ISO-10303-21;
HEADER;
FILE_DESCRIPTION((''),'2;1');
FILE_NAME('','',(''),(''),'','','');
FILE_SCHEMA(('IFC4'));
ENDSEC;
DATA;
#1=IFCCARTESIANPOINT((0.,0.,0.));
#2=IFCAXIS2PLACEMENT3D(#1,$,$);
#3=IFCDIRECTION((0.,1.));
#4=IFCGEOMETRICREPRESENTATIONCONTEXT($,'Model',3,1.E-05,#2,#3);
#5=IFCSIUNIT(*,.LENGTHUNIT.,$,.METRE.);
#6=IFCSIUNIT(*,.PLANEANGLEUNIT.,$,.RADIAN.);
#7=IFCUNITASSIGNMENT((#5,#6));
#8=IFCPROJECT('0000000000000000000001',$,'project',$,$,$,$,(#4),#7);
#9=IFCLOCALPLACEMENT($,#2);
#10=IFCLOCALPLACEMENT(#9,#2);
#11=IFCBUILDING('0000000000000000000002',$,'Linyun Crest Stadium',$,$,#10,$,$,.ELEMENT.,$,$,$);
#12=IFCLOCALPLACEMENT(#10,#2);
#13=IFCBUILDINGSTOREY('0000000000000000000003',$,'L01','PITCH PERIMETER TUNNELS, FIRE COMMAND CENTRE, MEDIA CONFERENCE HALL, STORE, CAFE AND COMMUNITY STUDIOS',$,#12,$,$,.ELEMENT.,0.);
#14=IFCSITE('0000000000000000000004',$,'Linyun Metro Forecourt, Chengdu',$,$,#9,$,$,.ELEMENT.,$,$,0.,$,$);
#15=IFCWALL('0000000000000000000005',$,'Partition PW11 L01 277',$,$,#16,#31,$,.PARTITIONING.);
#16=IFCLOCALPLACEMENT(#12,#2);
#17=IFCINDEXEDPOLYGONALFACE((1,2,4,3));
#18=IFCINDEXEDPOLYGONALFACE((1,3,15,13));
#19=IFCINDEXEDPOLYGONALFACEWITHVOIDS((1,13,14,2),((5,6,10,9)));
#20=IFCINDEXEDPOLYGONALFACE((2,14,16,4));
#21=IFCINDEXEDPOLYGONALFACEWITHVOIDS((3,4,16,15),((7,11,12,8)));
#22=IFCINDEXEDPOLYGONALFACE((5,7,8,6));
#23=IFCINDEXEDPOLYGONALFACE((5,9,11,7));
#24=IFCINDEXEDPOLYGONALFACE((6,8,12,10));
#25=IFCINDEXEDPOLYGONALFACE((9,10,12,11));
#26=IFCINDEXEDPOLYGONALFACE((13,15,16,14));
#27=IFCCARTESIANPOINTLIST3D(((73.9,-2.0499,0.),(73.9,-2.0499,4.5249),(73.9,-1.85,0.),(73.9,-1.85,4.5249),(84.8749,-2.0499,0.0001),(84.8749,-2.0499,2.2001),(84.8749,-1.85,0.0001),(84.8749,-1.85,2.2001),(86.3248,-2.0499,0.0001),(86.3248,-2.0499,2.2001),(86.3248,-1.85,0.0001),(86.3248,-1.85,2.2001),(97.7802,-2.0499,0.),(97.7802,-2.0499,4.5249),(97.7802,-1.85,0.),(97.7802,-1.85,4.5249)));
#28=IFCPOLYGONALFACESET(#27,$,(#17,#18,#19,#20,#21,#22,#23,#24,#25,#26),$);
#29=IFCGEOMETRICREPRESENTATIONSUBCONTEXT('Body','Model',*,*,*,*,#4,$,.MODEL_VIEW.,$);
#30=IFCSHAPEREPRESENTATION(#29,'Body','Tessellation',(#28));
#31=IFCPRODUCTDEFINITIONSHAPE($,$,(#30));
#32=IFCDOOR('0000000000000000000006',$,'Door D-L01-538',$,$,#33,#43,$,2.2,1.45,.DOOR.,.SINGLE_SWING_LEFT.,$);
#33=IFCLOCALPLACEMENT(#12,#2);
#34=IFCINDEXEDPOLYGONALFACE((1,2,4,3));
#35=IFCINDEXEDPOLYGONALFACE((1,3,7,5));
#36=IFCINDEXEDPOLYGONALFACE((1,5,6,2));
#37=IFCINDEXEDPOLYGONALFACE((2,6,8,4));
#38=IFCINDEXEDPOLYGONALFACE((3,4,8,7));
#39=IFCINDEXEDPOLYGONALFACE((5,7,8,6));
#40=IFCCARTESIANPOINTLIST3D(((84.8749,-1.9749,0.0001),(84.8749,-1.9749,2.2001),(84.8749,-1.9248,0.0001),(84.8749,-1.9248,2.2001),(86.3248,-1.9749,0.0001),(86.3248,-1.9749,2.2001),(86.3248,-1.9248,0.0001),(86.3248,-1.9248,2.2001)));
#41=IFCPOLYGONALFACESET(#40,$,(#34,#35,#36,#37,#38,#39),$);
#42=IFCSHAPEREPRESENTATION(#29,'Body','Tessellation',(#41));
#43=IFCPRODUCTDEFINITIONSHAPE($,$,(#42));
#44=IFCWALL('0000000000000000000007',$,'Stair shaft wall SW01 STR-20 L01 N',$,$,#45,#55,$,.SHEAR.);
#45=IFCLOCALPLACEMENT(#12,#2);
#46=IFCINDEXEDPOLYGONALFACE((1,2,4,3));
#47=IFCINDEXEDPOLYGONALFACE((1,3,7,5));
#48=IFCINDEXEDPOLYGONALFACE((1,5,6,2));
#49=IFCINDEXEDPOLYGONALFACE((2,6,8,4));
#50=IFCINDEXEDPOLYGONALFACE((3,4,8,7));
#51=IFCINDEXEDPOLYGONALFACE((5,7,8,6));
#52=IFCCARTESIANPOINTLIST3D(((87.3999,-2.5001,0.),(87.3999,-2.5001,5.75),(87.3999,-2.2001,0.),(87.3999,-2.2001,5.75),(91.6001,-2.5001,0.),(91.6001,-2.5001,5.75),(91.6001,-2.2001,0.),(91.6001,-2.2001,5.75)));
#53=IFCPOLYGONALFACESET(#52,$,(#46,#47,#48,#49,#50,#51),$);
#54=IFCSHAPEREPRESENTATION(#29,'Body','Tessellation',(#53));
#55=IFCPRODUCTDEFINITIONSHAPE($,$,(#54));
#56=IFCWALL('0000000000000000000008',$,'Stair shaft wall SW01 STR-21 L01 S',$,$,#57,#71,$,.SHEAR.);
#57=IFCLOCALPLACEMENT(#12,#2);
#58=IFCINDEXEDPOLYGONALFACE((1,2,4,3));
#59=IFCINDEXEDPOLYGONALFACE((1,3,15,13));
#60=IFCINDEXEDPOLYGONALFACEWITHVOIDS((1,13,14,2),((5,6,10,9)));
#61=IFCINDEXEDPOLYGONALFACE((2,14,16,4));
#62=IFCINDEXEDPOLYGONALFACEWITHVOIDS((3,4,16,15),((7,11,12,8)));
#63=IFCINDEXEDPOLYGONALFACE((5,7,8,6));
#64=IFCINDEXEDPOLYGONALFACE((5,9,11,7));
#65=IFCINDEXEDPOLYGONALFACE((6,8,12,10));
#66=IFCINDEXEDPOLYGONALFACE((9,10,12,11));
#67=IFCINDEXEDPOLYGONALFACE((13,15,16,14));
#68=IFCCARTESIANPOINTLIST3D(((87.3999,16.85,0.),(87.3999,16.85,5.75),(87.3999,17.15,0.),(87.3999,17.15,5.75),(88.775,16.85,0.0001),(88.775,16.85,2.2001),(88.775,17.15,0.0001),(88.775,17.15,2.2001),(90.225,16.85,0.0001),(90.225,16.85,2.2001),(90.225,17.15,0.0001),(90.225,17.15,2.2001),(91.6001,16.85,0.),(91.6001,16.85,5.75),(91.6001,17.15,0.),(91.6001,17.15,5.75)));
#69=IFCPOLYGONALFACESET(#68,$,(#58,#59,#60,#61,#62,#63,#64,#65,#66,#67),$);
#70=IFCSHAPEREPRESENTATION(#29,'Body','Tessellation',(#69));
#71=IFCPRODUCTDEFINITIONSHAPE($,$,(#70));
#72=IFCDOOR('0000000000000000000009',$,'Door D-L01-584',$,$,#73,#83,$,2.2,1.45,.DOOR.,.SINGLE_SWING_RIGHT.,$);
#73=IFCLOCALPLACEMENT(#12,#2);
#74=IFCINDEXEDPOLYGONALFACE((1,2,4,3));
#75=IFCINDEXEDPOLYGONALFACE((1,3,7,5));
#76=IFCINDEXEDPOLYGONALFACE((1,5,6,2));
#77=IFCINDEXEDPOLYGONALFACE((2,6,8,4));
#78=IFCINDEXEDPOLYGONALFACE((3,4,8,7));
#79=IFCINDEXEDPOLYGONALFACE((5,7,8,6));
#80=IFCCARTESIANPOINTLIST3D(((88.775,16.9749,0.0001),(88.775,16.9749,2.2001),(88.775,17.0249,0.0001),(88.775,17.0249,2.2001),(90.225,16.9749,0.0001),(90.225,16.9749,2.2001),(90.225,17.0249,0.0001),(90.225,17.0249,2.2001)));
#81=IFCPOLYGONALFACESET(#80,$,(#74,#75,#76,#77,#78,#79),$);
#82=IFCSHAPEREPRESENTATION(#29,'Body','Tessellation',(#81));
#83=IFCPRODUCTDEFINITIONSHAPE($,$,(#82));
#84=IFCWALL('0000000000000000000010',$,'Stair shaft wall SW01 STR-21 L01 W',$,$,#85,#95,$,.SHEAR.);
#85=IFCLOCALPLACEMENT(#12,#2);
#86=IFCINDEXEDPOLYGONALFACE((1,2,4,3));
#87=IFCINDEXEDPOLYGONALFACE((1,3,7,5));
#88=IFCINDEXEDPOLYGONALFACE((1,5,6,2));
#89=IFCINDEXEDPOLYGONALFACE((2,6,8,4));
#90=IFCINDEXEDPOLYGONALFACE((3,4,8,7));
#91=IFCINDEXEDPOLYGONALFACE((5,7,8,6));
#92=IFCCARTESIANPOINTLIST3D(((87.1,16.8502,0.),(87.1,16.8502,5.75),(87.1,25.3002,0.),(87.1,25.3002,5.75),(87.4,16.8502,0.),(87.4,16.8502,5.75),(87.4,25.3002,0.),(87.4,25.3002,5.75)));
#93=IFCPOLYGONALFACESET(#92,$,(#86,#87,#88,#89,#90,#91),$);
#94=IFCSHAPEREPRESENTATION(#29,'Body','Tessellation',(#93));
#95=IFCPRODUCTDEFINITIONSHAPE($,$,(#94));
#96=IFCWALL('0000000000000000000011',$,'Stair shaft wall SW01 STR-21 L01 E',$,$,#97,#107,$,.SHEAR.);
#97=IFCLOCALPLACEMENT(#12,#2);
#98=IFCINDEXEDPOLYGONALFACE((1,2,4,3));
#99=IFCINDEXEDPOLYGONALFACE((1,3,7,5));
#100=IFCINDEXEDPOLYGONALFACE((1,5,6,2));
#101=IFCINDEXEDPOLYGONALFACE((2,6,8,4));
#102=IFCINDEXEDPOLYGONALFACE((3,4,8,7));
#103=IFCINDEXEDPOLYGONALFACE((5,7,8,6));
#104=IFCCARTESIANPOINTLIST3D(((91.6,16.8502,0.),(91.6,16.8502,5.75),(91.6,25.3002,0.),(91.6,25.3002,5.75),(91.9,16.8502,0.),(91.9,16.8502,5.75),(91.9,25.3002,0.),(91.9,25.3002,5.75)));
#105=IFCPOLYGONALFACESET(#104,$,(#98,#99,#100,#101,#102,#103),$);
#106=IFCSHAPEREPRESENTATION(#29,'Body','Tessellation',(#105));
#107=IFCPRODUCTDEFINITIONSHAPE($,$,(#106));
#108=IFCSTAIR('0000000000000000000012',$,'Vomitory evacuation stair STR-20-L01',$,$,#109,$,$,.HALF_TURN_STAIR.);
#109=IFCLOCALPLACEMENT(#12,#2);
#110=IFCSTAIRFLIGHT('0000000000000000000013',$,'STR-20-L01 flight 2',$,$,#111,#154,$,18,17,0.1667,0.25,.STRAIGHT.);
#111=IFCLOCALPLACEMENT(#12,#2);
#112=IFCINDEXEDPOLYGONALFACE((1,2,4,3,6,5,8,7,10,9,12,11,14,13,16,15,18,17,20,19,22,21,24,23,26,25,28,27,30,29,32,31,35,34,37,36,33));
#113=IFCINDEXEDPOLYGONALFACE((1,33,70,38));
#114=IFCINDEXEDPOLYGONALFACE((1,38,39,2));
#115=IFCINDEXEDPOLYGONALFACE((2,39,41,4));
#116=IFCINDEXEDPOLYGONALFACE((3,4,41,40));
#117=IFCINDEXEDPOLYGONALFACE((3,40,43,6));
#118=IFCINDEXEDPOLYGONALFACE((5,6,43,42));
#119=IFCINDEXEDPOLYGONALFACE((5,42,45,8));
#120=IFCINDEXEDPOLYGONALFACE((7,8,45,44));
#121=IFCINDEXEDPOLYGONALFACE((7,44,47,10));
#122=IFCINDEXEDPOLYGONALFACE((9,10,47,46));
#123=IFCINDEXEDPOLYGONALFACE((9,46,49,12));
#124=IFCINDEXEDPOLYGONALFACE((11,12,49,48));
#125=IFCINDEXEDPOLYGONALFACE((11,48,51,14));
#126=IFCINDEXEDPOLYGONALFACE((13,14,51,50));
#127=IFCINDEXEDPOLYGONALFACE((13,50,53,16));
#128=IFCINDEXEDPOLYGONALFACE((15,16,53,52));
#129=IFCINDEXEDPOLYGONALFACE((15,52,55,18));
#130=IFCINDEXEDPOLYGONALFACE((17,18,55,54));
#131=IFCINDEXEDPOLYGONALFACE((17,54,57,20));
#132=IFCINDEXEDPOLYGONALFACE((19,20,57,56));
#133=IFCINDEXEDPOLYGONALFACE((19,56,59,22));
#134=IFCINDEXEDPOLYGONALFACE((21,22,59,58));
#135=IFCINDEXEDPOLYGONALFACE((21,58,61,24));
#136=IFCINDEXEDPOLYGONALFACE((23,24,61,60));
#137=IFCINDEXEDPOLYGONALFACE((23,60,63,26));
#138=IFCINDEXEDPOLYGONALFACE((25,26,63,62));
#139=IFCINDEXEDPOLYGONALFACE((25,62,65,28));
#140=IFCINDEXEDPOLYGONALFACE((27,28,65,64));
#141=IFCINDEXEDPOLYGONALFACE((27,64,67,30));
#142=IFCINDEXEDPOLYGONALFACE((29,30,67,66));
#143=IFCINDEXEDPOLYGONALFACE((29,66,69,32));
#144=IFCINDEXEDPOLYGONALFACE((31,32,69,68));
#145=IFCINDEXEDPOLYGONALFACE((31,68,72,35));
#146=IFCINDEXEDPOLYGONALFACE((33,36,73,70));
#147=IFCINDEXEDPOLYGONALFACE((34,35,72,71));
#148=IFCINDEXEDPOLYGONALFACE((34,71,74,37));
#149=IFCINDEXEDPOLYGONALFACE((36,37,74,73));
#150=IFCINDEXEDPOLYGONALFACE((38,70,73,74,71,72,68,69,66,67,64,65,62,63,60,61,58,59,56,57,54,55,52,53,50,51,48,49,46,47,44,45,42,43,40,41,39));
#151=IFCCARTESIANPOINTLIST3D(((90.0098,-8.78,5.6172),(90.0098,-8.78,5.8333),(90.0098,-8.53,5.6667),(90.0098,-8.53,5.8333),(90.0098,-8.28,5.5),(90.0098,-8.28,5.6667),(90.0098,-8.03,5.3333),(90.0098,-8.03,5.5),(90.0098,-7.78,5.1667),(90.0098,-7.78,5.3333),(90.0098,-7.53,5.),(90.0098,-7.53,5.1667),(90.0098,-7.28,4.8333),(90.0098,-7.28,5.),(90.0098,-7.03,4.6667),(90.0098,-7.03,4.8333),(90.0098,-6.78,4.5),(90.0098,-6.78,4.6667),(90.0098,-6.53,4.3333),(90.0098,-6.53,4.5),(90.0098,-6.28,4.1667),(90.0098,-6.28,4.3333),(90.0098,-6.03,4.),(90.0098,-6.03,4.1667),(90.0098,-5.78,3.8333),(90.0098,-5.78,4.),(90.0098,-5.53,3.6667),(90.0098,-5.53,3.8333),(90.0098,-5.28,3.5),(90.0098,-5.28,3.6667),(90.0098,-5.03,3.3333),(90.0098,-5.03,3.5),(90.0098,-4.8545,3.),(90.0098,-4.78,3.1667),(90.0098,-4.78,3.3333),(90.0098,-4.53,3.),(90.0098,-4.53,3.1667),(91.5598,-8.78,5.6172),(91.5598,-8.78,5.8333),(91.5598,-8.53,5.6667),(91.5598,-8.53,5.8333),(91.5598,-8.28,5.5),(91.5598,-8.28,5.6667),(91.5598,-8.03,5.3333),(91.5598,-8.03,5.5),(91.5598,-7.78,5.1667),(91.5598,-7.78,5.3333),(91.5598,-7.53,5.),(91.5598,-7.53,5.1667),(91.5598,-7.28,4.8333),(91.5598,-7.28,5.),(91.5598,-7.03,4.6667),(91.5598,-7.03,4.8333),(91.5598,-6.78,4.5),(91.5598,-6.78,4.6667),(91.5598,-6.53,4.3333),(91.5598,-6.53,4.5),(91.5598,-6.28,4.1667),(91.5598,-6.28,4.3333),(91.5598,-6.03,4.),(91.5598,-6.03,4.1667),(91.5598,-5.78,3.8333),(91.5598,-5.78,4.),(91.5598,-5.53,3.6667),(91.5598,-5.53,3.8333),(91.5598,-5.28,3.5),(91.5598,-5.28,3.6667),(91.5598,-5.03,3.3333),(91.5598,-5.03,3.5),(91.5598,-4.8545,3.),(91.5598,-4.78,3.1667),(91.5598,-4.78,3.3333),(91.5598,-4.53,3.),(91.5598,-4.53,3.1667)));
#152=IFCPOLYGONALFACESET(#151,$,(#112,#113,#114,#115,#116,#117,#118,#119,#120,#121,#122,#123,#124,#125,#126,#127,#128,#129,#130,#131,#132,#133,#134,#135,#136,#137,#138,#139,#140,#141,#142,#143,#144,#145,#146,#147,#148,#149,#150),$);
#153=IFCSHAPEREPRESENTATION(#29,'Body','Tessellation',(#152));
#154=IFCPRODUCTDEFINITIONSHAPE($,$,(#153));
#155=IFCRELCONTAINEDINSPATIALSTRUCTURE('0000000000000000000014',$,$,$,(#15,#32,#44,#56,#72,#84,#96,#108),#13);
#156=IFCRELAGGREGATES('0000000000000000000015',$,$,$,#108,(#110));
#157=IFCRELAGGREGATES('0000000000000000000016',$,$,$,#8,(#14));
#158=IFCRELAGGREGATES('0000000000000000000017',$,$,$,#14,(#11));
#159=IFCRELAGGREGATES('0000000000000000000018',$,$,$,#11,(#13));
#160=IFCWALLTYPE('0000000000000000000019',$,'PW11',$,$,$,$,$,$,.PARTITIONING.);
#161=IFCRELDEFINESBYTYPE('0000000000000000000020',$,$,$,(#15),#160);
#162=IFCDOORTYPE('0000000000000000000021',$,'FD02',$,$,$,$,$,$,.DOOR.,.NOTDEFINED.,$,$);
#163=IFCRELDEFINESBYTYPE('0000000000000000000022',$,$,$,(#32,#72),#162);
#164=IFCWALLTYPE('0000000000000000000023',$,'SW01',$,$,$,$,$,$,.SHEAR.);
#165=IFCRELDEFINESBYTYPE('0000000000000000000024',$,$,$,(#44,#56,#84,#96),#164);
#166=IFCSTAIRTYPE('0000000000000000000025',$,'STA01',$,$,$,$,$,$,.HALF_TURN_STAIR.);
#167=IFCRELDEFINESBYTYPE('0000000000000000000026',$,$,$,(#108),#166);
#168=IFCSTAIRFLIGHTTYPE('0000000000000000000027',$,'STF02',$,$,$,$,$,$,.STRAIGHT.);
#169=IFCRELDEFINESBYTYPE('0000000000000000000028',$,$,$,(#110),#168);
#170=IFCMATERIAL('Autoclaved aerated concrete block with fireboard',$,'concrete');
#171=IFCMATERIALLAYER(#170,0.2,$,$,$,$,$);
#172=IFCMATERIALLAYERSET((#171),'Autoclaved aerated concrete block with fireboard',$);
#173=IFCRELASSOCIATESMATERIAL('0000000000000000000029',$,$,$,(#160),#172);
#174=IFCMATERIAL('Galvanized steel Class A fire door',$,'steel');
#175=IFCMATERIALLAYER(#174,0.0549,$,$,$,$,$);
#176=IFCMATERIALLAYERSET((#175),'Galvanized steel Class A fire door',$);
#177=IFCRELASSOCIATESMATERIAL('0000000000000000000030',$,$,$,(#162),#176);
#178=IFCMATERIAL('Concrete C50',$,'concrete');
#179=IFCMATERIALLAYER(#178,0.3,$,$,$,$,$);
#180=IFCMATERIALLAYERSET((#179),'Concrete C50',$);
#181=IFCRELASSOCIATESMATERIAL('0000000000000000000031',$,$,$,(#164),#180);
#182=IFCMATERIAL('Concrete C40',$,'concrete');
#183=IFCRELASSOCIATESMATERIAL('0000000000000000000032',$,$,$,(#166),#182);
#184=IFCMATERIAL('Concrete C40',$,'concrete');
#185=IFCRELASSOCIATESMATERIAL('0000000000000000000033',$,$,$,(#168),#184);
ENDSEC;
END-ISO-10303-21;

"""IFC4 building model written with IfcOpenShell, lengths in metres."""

from ifc_helpers import new_model, si_unit, direction, frame, frame_2d, origin, place, context, subcontext, project, spatial, polyline, rectangle, outline, extrude, material, layer, layer_set, type_object, element, fill, aggregate, save


model = new_model("IFC4")

# Units and contexts
model_context = context("Model", 3, precision=1e-05, world=origin(), true_north=direction((0.0, 1.0)))
body_context = subcontext(model_context, "Body", "Model", "MODEL_VIEW")
ifc_project = project(units=[si_unit("LENGTHUNIT", "METRE"), si_unit("PLANEANGLEUNIT", "RADIAN")], contexts=[model_context])

# Site, building, storey
site_placement = place(None, origin())
site = spatial("IfcSite", under=ifc_project, at=site_placement, Name="Linyun Metro Forecourt, Chengdu", CompositionType="ELEMENT", RefElevation=0.0)
building_placement = place(site_placement, origin())
building = spatial("IfcBuilding", under=site, at=building_placement, Name="Linyun Crest Stadium", CompositionType="ELEMENT")
storey_placement = place(building_placement, origin())
storey = spatial("IfcBuildingStorey", under=building, at=storey_placement, Name="L01", Description="PITCH PERIMETER TUNNELS, FIRE COMMAND CENTRE, MEDIA CONFERENCE HALL, STORE, CAFE AND COMMUNITY STUDIOS", CompositionType="ELEMENT", Elevation=0.0)

# Wall, opening, door
ifc_material_1 = material(Name="Autoclaved aerated concrete block with fireboard", Category="concrete")
ifc_layer_1 = layer(ifc_material_1, 0.2)
ifc_layer_set_1 = layer_set([ifc_layer_1], Name="Autoclaved aerated concrete block with fireboard")
wall_type_1 = type_object("IfcWallType", Name="PW11", PredefinedType="PARTITIONING", material=ifc_layer_set_1)
wall_1_placement = place(storey_placement, frame((97.78, -1.95, 0.0), z_axis=(0.0, 0.0, 1.0), x_axis=(-1.0, 0.0, 0.0)))
wall_1 = element("IfcWall", 1, at=wall_1_placement, inside=storey, type_object=wall_type_1, Name="Partition PW11 L01 277", PredefinedType="PARTITIONING", context=body_context, shape_type="SweptSolid", body=[
    extrude(rectangle(XDim=23.8801, YDim=0.2, at=frame_2d((11.9399, 0.0))), origin(), (0.0, 0.0, 1.0), 4.5249),
])
opening_1_placement = place(wall_1_placement, frame((11.4551, 0.0, 0.0)))
opening_1 = element("IfcOpeningElement", 2, at=opening_1_placement, cuts=wall_1, PredefinedType="OPENING", context=body_context, shape_type="SweptSolid", body=[
    extrude(rectangle(XDim=1.45, YDim=2.2, at=frame_2d((0.7251, 1.1001))), frame((0.0, 0.1099, 0.0), z_axis=(0.0, -1.0, 0.0), x_axis=(1.0, 0.0, 0.0)), (0.0, 0.0, 1.0), 0.22),
])
ifc_material_2 = material(Name="Galvanized steel Class A fire door", Category="steel")
ifc_layer_2 = layer(ifc_material_2, 0.0549)
ifc_layer_set_2 = layer_set([ifc_layer_2], Name="Galvanized steel Class A fire door")
door_type_1 = type_object("IfcDoorType", Name="FD02", OperationType="NOTDEFINED", PredefinedType="DOOR", material=ifc_layer_set_2)
door_1_placement = place(opening_1_placement, origin())
door_1 = element("IfcDoor", 3, at=door_1_placement, inside=storey, type_object=door_type_1, Name="Door D-L01-538", OperationType="SINGLE_SWING_LEFT", OverallHeight=2.2, OverallWidth=1.45, PredefinedType="DOOR", context=body_context, shape_type="SweptSolid", body=[
    extrude(rectangle(XDim=1.45, YDim=2.2, at=frame_2d((0.7251, 1.1001))), frame((0.0, 0.0249, 0.0), z_axis=(0.0, -1.0, 0.0), x_axis=(1.0, 0.0, 0.0)), (0.0, 0.0, 1.0), 0.05),
])
fill(opening_1, door_1)

# Wall
ifc_material_3 = material(Name="Concrete C50", Category="concrete")
ifc_layer_3 = layer(ifc_material_3, 0.3)
ifc_layer_set_3 = layer_set([ifc_layer_3], Name="Concrete C50")
wall_type_2 = type_object("IfcWallType", Name="SW01", PredefinedType="SHEAR", material=ifc_layer_set_3)
wall_2_placement = place(storey_placement, frame((87.3999, -2.3501, 0.0), z_axis=(0.0, 0.0, 1.0), x_axis=(1.0, 0.0, 0.0)))
element("IfcWall", 4, at=wall_2_placement, inside=storey, type_object=wall_type_2, Name="Stair shaft wall SW01 STR-20 L01 N", PredefinedType="SHEAR", context=body_context, shape_type="SweptSolid", body=[
    extrude(rectangle(XDim=4.2002, YDim=0.3, at=frame_2d((2.1001, 0.0))), origin(), (0.0, 0.0, 1.0), 5.75),
])

# Wall, opening, door
wall_3_placement = place(storey_placement, frame((87.3999, 17.0, 0.0), z_axis=(0.0, 0.0, 1.0), x_axis=(1.0, 0.0, 0.0)))
wall_3 = element("IfcWall", 5, at=wall_3_placement, inside=storey, type_object=wall_type_2, Name="Stair shaft wall SW01 STR-21 L01 S", PredefinedType="SHEAR", context=body_context, shape_type="SweptSolid", body=[
    extrude(rectangle(XDim=4.2002, YDim=0.3, at=frame_2d((2.1001, 0.0))), origin(), (0.0, 0.0, 1.0), 5.75),
])
opening_2_placement = place(wall_3_placement, frame((1.375, 0.0, 0.0)))
opening_2 = element("IfcOpeningElement", 6, at=opening_2_placement, cuts=wall_3, PredefinedType="OPENING", context=body_context, shape_type="SweptSolid", body=[
    extrude(rectangle(XDim=1.45, YDim=2.2, at=frame_2d((0.7251, 1.1001))), frame((0.0, 0.1599, 0.0), z_axis=(0.0, -1.0, 0.0), x_axis=(1.0, 0.0, 0.0)), (0.0, 0.0, 1.0), 0.3201),
])
door_2_placement = place(opening_2_placement, origin())
door_2 = element("IfcDoor", 7, at=door_2_placement, inside=storey, type_object=door_type_1, Name="Door D-L01-584", OperationType="SINGLE_SWING_RIGHT", OverallHeight=2.2, OverallWidth=1.45, PredefinedType="DOOR", context=body_context, shape_type="SweptSolid", body=[
    extrude(rectangle(XDim=1.45, YDim=2.2, at=frame_2d((0.7251, 1.1001))), frame((0.0, 0.0249, 0.0), z_axis=(0.0, -1.0, 0.0), x_axis=(1.0, 0.0, 0.0)), (0.0, 0.0, 1.0), 0.05),
])
fill(opening_2, door_2)

# Walls
for number, where, z_axis, x_axis, name in (
    (8, (87.25, 16.8501, 0.0), (0.0, 0.0, 1.0), (0.0, 1.0, 0.0), "Stair shaft wall SW01 STR-21 L01 W"),
    (9, (91.75, 16.8501, 0.0), (0.0, 0.0, 1.0), (0.0, 1.0, 0.0), "Stair shaft wall SW01 STR-21 L01 E"),
):
    element("IfcWall", number, at=place(storey_placement, frame(where, z_axis=z_axis, x_axis=x_axis)), inside=storey, type_object=wall_type_2, Name=name, PredefinedType="SHEAR", context=body_context, shape_type="SweptSolid", body=[
        extrude(rectangle(XDim=8.45, YDim=0.3, at=frame_2d((4.2251, 0.0))), origin(), (0.0, 0.0, 1.0), 5.75),
    ])

# Stair, stair flight
ifc_material_4 = material(Name="Concrete C40", Category="concrete")
stair_type = type_object("IfcStairType", Name="STA01", PredefinedType="HALF_TURN_STAIR", material=ifc_material_4)
stair_placement = place(storey_placement, origin())
stair = element("IfcStair", 10, at=stair_placement, inside=storey, type_object=stair_type, Name="Vomitory evacuation stair STR-20-L01", PredefinedType="HALF_TURN_STAIR")
ifc_material_5 = material(Name="Concrete C40", Category="concrete")
stair_flight_type = type_object("IfcStairFlightType", Name="STF02", PredefinedType="STRAIGHT", material=ifc_material_5)
stair_flight_placement = place(storey_placement, frame((90.7849, -4.53, 3.0), z_axis=(0.0, 0.0, 1.0), x_axis=(0.0, -1.0, 0.0)))
stair_flight = element("IfcStairFlight", 11, at=stair_flight_placement, type_object=stair_flight_type, Name="STR-20-L01 flight 2", NumberOfRisers=18, NumberOfTreads=17, PredefinedType="STRAIGHT", RiserHeight=0.1667, TreadLength=0.25, context=body_context, shape_type="SweptSolid", body=[
    extrude(outline(polyline([(0.0, 0.0), (0.0, 0.1667), (0.25, 0.1667), (0.25, 0.3333), (0.5, 0.3333), (0.5, 0.5), (0.75, 0.5), (0.75, 0.6667), (1.0, 0.6667), (1.0, 0.8333), (1.25, 0.8333), (1.25, 1.0), (1.5, 1.0), (1.5, 1.1667), (1.75, 1.1667), (1.75, 1.3333), (2.0, 1.3333), (2.0, 1.5), (2.25, 1.5), (2.25, 1.6667), (2.5, 1.6667), (2.5, 1.8333), (2.75, 1.8333), (2.75, 2.0), (3.0, 2.0), (3.0, 2.1667), (3.25, 2.1667), (3.25, 2.3333), (3.5, 2.3333), (3.5, 2.5), (3.75, 2.5), (3.75, 2.6667), (4.0, 2.6667), (4.0, 2.8333), (4.25, 2.8333), (4.25, 3.0), (4.25, 2.6172), (0.3245, 0.0), (0.0, 0.0)])), frame((0.0, 0.7749, 0.0), z_axis=(0.0, -1.0, 0.0), x_axis=(1.0, 0.0, 0.0)), (0.0, 0.0, 1.0), 1.55),
])
aggregate(stair, [stair_flight])

save(model, "model.ifc")
